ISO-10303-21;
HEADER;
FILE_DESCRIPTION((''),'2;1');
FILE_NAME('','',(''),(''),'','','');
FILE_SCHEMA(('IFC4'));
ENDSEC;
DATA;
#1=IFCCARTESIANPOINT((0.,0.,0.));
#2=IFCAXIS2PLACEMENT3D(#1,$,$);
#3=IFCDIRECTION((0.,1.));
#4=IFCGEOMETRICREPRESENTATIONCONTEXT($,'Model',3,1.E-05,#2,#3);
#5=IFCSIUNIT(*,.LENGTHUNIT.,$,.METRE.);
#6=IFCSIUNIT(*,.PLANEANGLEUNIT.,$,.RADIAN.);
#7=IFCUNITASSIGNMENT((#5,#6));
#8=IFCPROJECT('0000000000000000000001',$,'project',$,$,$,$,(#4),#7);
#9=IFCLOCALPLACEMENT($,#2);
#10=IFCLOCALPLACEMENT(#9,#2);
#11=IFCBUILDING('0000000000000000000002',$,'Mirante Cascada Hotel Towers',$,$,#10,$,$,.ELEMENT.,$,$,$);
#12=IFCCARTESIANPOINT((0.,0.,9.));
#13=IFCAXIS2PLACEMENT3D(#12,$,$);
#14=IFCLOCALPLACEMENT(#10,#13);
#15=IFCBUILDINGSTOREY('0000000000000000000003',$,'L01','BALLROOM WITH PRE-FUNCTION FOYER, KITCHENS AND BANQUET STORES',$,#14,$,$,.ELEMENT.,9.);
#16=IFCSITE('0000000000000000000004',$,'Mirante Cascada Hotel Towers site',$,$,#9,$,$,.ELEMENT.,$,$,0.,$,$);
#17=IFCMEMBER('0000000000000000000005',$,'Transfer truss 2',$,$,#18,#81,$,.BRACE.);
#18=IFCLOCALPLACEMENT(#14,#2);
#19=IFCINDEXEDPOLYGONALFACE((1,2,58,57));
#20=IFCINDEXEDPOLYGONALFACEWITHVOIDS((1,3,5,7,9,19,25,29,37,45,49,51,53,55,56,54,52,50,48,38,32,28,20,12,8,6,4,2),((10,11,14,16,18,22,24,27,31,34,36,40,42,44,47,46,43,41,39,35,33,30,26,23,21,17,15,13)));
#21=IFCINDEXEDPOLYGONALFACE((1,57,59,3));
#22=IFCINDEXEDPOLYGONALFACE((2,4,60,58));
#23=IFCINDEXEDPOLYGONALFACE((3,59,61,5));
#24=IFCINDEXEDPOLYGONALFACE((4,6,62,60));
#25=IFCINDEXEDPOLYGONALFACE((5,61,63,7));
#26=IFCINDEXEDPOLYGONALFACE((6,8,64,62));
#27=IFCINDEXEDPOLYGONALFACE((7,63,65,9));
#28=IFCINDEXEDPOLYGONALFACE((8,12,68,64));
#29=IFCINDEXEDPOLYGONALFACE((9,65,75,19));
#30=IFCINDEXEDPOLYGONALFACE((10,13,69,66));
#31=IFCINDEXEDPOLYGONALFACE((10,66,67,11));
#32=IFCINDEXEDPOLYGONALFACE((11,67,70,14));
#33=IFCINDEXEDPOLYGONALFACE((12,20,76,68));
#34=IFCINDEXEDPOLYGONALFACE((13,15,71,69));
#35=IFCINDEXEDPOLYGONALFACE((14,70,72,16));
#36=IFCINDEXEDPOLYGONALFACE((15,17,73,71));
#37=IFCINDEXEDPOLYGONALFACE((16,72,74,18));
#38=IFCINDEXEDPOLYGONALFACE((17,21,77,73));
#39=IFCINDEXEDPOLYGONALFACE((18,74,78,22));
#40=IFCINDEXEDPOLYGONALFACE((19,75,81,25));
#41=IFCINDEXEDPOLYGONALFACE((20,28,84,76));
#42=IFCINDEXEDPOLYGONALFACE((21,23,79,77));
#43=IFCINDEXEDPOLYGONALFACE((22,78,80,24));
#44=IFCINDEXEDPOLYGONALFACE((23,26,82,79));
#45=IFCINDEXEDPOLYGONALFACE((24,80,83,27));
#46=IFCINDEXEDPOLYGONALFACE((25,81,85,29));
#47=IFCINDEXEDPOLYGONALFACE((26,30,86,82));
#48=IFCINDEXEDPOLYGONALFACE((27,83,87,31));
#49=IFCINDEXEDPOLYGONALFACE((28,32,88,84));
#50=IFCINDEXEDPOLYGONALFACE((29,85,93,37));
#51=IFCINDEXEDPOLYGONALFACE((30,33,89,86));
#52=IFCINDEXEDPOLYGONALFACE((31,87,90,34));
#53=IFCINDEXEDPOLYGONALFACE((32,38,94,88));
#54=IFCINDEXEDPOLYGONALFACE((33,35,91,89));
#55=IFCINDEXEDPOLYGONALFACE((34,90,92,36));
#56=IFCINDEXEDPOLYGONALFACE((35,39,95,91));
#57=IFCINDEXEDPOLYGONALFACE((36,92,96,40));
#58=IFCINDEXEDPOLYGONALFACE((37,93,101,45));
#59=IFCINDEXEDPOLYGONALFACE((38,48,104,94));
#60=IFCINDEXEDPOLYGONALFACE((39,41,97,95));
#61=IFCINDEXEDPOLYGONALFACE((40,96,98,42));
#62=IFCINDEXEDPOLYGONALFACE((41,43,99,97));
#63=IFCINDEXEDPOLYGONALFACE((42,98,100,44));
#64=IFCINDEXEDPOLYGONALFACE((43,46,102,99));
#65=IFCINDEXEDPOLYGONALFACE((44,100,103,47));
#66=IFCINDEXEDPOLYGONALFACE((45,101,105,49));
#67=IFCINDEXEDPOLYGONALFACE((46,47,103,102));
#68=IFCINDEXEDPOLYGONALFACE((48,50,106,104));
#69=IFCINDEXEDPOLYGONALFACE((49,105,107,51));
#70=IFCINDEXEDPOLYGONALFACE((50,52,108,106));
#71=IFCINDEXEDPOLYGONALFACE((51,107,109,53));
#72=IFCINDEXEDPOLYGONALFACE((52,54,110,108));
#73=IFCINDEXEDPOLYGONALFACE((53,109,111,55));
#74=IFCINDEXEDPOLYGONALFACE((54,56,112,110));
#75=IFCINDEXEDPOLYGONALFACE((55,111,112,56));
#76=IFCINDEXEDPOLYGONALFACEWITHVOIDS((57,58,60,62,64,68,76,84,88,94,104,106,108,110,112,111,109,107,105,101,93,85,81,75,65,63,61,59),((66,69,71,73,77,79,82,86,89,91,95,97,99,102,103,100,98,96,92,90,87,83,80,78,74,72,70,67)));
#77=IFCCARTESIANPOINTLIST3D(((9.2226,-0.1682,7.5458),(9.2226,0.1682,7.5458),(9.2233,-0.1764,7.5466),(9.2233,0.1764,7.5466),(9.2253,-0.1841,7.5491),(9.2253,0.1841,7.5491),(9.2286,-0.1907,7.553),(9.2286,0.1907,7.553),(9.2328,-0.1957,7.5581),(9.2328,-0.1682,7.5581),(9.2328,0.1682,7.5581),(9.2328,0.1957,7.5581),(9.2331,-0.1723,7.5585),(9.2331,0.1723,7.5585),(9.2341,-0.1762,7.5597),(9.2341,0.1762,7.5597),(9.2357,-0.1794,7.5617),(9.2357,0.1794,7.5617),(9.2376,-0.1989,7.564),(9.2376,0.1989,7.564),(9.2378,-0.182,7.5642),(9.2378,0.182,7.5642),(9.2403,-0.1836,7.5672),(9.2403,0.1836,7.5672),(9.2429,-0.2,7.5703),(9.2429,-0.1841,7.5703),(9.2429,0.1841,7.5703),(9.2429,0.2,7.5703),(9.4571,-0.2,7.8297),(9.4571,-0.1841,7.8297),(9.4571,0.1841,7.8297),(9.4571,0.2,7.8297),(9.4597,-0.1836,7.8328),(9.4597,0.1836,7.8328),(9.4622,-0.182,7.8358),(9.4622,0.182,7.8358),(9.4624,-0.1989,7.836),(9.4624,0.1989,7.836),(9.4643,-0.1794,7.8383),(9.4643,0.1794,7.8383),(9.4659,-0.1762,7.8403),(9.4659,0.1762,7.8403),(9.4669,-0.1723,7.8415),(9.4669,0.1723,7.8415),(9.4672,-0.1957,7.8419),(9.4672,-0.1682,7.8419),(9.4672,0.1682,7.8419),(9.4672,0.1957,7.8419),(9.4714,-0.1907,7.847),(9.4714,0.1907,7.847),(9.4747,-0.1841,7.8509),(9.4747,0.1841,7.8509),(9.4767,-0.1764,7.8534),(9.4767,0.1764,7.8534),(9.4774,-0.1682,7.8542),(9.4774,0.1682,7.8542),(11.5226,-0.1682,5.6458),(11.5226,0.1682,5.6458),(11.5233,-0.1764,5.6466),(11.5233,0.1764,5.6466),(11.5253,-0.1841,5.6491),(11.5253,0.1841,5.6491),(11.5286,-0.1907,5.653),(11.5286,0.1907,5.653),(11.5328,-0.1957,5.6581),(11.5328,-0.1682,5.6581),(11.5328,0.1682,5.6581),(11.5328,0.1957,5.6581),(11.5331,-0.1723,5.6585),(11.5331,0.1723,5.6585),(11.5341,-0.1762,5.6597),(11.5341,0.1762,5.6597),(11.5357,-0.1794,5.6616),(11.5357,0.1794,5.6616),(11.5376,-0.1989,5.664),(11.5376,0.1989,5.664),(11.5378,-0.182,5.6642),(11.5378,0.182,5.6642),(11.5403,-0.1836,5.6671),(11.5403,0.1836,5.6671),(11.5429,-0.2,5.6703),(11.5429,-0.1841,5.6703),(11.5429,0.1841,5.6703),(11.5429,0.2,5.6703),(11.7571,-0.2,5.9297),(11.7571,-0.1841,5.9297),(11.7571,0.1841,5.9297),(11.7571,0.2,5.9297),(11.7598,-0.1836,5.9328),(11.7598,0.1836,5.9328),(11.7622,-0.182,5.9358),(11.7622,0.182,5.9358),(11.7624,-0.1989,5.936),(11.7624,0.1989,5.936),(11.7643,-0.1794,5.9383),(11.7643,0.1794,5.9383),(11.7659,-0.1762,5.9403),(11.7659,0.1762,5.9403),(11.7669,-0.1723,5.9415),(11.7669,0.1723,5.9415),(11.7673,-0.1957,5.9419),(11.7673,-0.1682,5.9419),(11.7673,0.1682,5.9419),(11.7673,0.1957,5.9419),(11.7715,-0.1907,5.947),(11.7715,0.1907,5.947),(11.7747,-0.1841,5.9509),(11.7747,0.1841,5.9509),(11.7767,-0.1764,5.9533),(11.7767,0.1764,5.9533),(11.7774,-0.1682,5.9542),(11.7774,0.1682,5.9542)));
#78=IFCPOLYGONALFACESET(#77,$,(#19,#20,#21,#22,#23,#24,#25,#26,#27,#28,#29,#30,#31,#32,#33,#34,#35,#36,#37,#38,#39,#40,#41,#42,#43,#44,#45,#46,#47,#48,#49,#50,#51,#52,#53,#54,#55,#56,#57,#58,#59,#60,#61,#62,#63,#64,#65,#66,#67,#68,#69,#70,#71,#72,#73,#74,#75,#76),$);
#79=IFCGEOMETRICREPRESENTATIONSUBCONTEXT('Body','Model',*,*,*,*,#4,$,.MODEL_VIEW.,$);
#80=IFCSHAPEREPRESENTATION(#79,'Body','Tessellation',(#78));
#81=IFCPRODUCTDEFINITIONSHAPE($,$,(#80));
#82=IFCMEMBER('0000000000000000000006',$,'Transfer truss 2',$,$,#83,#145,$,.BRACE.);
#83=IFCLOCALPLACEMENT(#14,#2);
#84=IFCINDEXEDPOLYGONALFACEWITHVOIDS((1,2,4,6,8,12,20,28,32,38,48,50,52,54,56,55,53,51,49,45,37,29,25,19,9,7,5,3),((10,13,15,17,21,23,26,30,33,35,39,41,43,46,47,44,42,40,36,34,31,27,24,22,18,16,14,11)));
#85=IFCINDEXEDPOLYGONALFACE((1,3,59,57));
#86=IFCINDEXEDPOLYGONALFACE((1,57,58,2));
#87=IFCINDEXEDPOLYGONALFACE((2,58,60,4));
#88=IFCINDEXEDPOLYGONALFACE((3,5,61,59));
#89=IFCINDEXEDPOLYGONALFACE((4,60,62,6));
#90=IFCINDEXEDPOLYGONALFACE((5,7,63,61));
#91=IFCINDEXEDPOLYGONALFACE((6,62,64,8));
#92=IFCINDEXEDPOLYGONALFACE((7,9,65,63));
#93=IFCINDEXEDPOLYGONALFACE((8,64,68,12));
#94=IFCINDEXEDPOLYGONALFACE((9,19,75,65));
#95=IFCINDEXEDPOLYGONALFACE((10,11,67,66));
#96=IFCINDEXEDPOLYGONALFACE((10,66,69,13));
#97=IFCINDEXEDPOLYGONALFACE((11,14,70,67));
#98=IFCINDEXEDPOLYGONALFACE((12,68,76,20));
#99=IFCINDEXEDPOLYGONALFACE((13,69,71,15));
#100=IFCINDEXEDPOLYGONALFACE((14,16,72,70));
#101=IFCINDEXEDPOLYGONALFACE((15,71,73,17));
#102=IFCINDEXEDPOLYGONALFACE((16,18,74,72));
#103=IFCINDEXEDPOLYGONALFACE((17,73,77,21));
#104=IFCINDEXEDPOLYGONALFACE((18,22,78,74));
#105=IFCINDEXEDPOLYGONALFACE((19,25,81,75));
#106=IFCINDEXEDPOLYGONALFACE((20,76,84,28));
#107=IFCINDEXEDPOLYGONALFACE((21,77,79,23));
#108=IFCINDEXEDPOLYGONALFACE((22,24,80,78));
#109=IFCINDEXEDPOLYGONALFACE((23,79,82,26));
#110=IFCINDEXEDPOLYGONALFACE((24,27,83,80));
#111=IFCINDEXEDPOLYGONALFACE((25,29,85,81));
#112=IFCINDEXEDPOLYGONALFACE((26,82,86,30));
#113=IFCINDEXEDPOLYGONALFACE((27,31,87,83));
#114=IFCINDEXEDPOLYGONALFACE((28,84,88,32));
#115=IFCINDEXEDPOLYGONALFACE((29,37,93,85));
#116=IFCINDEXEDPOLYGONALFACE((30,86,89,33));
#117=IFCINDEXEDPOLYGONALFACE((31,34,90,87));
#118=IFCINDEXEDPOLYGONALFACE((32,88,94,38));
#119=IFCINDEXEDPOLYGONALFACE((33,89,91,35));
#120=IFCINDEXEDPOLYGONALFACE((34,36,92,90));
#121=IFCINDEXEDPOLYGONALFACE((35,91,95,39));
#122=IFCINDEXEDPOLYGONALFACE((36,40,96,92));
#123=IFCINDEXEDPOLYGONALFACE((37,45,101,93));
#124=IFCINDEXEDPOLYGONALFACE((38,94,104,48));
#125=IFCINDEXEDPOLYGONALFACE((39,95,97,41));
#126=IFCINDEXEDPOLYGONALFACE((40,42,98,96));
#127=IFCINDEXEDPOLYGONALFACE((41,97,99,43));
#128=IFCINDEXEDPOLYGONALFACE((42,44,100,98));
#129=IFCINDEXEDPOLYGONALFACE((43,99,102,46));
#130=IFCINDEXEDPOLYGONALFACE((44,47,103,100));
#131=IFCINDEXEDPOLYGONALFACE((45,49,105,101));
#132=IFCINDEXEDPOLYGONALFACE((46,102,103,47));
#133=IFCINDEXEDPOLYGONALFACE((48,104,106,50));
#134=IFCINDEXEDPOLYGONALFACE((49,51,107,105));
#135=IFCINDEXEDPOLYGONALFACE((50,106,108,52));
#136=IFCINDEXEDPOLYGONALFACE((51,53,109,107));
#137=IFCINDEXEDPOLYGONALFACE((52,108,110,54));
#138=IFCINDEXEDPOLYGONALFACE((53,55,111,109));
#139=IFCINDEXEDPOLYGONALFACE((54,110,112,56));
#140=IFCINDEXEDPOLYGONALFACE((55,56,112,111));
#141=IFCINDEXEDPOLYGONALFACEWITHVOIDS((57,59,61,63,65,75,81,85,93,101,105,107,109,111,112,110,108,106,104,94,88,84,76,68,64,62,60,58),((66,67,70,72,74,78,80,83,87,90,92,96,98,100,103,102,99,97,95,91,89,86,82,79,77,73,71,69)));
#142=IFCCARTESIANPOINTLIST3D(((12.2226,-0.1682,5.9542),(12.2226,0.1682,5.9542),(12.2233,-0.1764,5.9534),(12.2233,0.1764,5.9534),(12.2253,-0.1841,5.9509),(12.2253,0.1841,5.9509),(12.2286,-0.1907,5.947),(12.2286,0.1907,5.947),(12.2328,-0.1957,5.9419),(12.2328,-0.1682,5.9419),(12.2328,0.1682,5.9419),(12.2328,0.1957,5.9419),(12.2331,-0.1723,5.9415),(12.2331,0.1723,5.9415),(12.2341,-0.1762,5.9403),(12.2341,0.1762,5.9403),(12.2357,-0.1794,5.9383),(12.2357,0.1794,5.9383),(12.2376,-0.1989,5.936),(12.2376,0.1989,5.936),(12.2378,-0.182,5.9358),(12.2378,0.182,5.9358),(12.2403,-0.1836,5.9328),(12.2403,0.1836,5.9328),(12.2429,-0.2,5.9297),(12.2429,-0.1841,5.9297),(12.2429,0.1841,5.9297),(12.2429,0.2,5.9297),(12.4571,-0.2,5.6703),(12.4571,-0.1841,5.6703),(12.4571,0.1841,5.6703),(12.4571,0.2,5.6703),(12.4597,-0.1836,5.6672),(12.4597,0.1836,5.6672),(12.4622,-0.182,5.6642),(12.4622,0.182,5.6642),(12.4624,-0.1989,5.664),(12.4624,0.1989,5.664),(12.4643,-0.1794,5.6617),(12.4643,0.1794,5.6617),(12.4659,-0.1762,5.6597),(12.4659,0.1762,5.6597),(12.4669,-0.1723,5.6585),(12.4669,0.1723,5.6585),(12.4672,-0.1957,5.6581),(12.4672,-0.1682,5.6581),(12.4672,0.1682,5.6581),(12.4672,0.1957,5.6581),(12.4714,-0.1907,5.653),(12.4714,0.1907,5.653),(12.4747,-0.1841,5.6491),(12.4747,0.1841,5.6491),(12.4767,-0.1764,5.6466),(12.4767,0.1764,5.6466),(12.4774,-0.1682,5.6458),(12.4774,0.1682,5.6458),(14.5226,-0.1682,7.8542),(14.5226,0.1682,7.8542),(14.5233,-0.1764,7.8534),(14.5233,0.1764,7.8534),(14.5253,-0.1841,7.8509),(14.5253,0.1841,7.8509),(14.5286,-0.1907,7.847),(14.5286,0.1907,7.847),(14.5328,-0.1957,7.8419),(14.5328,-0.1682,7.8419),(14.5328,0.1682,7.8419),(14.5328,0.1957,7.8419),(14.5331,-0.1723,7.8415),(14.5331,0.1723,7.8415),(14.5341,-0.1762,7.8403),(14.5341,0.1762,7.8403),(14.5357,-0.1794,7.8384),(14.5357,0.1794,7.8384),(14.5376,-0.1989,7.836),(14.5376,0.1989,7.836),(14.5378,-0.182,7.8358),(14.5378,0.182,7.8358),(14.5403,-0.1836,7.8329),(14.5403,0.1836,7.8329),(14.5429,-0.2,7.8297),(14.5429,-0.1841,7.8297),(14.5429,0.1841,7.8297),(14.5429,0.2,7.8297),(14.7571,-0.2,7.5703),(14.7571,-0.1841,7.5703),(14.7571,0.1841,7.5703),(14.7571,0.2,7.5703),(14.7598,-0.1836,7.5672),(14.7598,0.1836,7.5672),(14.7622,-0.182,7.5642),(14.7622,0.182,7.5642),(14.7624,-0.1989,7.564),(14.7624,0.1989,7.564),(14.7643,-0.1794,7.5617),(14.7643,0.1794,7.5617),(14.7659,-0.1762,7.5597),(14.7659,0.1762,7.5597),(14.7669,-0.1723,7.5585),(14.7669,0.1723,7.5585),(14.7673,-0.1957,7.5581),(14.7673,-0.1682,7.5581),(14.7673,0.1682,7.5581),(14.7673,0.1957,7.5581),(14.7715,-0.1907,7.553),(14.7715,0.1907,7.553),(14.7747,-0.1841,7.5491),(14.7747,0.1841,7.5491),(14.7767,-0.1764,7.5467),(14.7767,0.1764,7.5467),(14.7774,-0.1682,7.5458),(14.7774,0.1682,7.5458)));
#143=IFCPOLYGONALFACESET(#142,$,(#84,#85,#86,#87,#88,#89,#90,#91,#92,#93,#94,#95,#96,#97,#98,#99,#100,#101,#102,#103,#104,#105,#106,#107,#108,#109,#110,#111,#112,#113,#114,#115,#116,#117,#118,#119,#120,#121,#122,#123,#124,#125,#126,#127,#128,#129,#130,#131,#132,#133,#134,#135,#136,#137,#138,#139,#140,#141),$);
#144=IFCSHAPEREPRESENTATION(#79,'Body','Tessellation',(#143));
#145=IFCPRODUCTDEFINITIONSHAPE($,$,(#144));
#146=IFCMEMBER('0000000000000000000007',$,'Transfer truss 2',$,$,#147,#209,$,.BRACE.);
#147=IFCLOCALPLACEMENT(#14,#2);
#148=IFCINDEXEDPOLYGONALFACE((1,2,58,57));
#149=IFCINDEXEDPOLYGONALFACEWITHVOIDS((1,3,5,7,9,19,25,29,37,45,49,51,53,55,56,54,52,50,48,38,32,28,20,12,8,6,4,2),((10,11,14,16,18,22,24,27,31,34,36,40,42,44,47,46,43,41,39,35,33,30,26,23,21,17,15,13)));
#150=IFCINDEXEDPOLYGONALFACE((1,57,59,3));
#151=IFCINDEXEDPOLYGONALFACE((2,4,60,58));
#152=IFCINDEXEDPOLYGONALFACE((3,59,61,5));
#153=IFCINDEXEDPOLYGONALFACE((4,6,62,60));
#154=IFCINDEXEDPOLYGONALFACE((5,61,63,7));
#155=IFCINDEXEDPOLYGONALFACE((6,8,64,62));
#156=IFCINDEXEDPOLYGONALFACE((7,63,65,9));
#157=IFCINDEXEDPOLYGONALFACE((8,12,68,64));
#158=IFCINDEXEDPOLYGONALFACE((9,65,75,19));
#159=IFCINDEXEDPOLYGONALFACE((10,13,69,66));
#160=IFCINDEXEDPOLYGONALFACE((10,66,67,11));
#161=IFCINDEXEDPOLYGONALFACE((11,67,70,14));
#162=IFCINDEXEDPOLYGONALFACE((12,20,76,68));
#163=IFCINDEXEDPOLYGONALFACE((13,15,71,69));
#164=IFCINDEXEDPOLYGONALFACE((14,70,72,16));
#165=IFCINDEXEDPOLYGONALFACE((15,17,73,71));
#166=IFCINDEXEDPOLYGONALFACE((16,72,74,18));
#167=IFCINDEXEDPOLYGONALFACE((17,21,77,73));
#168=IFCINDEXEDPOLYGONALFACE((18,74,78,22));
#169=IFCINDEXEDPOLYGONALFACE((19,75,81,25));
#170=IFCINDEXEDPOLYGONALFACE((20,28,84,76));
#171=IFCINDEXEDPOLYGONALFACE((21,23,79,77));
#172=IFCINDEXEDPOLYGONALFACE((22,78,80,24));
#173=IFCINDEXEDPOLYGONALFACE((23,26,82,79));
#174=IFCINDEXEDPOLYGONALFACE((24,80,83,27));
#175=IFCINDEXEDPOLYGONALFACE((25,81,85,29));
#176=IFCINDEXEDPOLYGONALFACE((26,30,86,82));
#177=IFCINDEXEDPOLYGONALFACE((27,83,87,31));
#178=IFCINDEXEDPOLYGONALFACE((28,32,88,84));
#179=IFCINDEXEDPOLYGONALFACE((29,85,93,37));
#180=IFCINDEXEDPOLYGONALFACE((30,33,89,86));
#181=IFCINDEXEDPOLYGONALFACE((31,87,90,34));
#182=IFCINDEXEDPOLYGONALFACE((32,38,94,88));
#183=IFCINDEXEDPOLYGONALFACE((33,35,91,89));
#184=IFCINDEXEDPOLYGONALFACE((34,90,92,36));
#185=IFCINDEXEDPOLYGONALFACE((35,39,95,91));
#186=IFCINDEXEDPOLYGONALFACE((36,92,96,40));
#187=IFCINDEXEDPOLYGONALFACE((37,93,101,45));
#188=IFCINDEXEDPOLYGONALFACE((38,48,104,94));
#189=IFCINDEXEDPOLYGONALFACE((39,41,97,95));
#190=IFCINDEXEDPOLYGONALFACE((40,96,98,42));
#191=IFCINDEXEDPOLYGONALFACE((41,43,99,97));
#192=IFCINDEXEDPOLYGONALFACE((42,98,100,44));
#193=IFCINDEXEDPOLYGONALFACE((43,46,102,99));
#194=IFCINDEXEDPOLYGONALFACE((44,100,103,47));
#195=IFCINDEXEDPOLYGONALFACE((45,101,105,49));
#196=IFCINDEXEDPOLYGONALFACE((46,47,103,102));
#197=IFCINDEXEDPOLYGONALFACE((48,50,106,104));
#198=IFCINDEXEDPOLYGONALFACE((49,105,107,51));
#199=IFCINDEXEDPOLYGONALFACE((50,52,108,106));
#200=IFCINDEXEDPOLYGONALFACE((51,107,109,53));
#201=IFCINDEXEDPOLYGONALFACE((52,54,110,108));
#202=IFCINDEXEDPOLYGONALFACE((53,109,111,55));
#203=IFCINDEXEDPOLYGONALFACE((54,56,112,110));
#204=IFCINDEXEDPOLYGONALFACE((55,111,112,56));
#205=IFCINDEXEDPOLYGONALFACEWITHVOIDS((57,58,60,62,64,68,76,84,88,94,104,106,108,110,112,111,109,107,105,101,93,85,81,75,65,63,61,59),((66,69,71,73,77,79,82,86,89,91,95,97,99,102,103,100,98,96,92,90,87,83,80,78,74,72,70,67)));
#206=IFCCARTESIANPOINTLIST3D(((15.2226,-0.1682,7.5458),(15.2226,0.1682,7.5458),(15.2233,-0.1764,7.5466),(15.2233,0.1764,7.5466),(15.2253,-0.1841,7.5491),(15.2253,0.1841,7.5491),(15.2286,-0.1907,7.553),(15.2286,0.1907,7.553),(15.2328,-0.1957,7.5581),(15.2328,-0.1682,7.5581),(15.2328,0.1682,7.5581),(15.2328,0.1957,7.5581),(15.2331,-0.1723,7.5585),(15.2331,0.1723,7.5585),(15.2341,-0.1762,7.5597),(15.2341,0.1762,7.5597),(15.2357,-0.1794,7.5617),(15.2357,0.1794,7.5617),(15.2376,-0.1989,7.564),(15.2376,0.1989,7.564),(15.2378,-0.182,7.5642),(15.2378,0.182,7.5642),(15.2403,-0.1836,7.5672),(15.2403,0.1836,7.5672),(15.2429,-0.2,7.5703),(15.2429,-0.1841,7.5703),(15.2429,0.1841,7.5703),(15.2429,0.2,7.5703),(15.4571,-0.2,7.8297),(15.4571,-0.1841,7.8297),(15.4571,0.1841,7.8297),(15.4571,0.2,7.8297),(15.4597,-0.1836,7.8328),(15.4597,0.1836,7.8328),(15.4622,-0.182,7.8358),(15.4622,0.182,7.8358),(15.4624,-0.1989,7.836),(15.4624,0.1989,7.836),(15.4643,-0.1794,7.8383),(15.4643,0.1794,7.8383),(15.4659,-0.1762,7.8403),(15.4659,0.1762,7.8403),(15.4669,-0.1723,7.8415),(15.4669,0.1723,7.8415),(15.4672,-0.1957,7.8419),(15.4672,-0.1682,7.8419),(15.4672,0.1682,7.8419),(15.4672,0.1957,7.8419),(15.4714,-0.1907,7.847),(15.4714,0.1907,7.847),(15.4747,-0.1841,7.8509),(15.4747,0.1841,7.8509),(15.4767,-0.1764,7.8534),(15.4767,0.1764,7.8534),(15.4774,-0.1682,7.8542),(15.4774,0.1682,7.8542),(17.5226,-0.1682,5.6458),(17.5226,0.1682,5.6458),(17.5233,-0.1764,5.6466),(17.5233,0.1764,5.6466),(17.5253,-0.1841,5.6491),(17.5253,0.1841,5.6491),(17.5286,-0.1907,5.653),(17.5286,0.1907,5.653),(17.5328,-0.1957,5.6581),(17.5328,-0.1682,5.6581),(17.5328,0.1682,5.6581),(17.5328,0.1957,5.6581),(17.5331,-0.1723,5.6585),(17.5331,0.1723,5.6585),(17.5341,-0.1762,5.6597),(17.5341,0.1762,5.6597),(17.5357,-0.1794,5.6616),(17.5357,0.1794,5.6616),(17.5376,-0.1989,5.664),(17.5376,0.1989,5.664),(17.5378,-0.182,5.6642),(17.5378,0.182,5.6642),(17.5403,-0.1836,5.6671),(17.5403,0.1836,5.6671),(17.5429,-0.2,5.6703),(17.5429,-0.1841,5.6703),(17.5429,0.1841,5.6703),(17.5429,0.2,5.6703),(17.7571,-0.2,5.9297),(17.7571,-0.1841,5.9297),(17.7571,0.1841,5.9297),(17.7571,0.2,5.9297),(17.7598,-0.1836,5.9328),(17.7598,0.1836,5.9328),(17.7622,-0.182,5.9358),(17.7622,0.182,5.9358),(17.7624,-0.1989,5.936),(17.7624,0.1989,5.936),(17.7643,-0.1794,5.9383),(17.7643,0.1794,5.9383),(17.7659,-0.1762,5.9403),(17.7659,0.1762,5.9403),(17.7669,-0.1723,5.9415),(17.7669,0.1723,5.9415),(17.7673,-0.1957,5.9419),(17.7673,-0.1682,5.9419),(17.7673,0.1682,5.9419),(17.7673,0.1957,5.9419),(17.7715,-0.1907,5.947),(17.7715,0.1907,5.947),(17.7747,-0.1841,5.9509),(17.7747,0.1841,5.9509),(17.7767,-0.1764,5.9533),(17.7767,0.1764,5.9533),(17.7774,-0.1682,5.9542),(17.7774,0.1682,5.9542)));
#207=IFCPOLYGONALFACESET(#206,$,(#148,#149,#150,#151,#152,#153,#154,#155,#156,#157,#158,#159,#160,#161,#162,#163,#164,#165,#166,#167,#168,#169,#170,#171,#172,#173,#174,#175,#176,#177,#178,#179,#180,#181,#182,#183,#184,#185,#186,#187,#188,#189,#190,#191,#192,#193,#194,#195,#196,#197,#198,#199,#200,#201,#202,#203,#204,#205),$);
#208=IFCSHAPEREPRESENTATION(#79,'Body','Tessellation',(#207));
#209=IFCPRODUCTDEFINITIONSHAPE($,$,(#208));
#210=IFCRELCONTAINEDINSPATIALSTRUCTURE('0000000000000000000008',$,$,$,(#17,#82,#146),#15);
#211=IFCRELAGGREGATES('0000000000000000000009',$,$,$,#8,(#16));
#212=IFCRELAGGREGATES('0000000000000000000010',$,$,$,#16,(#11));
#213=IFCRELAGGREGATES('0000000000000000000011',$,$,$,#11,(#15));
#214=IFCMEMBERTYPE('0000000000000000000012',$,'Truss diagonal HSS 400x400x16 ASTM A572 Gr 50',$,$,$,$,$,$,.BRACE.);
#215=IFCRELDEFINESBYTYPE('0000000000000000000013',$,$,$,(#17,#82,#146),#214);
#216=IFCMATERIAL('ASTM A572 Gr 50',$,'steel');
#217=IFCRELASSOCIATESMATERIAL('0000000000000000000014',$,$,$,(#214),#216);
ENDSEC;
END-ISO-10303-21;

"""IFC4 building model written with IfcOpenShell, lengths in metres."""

from ifc_helpers import new_model, si_unit, direction, frame, origin, origin_2d, place, context, subcontext, project, spatial, hollow_rectangle, extrude, material, material_profile, profile_set, type_object, element, save


model = new_model("IFC4")

# Units and contexts
model_context = context("Model", 3, precision=1e-05, world=origin(), true_north=direction((0.0, 1.0)))
body_context = subcontext(model_context, "Body", "Model", "MODEL_VIEW")
ifc_project = project(units=[si_unit("LENGTHUNIT", "METRE"), si_unit("PLANEANGLEUNIT", "RADIAN")], contexts=[model_context])

# Site, building, storey
site_placement = place(None, origin())
site = spatial("IfcSite", under=ifc_project, at=site_placement, Name="Mirante Cascada Hotel Towers site", CompositionType="ELEMENT", RefElevation=0.0)
building_placement = place(site_placement, origin())
building = spatial("IfcBuilding", under=site, at=building_placement, Name="Mirante Cascada Hotel Towers", CompositionType="ELEMENT")
storey_placement = place(building_placement, frame((0.0, 0.0, 9.0)))
storey = spatial("IfcBuildingStorey", under=building, at=storey_placement, Name="L01", Description="BALLROOM WITH PRE-FUNCTION FOYER, KITCHENS AND BANQUET STORES", CompositionType="ELEMENT", Elevation=9.0)

# Members
ifc_material_1 = material(Name="ASTM A572 Gr 50", Category="steel")
ifc_material_profile_1 = material_profile(ifc_material_1, hollow_rectangle(XDim=0.4, YDim=0.4, WallThickness=0.0159, InnerFilletRadius=0.0159, OuterFilletRadius=0.0318, at=origin_2d()), Name="HSS 400x400x16")
ifc_profile_set_1 = profile_set([ifc_material_profile_1], Name="ASTM A572 Gr 50")
member_type_1 = type_object("IfcMemberType", Name="Truss diagonal HSS 400x400x16 ASTM A572 Gr 50", PredefinedType="BRACE", material=ifc_profile_set_1)
for number, where, z_axis, x_axis, name in (
    (1, (9.35, 0.0, 7.7), (0.770962, 0.0, -0.636881), (0.0, 1.0, 0.0), "Transfer truss 2"),
    (2, (12.35, 0.0, 5.8), (0.770962, 0.0, 0.636881), (0.0, 1.0, 0.0), "Transfer truss 2"),
    (3, (15.35, 0.0, 7.7), (0.770962, 0.0, -0.636881), (0.0, 1.0, 0.0), "Transfer truss 2"),
):
    element("IfcMember", number, at=place(storey_placement, frame(where, z_axis=z_axis, x_axis=x_axis)), inside=storey, type_object=member_type_1, Name=name, PredefinedType="BRACE", context=body_context, shape_type="SweptSolid", body=[
        extrude(hollow_rectangle(XDim=0.4, YDim=0.4, WallThickness=0.0159, InnerFilletRadius=0.0159, OuterFilletRadius=0.0318, at=origin_2d()), origin(), (0.0, 0.0, 1.0), 2.9833),
    ])

save(model, "model.ifc")
